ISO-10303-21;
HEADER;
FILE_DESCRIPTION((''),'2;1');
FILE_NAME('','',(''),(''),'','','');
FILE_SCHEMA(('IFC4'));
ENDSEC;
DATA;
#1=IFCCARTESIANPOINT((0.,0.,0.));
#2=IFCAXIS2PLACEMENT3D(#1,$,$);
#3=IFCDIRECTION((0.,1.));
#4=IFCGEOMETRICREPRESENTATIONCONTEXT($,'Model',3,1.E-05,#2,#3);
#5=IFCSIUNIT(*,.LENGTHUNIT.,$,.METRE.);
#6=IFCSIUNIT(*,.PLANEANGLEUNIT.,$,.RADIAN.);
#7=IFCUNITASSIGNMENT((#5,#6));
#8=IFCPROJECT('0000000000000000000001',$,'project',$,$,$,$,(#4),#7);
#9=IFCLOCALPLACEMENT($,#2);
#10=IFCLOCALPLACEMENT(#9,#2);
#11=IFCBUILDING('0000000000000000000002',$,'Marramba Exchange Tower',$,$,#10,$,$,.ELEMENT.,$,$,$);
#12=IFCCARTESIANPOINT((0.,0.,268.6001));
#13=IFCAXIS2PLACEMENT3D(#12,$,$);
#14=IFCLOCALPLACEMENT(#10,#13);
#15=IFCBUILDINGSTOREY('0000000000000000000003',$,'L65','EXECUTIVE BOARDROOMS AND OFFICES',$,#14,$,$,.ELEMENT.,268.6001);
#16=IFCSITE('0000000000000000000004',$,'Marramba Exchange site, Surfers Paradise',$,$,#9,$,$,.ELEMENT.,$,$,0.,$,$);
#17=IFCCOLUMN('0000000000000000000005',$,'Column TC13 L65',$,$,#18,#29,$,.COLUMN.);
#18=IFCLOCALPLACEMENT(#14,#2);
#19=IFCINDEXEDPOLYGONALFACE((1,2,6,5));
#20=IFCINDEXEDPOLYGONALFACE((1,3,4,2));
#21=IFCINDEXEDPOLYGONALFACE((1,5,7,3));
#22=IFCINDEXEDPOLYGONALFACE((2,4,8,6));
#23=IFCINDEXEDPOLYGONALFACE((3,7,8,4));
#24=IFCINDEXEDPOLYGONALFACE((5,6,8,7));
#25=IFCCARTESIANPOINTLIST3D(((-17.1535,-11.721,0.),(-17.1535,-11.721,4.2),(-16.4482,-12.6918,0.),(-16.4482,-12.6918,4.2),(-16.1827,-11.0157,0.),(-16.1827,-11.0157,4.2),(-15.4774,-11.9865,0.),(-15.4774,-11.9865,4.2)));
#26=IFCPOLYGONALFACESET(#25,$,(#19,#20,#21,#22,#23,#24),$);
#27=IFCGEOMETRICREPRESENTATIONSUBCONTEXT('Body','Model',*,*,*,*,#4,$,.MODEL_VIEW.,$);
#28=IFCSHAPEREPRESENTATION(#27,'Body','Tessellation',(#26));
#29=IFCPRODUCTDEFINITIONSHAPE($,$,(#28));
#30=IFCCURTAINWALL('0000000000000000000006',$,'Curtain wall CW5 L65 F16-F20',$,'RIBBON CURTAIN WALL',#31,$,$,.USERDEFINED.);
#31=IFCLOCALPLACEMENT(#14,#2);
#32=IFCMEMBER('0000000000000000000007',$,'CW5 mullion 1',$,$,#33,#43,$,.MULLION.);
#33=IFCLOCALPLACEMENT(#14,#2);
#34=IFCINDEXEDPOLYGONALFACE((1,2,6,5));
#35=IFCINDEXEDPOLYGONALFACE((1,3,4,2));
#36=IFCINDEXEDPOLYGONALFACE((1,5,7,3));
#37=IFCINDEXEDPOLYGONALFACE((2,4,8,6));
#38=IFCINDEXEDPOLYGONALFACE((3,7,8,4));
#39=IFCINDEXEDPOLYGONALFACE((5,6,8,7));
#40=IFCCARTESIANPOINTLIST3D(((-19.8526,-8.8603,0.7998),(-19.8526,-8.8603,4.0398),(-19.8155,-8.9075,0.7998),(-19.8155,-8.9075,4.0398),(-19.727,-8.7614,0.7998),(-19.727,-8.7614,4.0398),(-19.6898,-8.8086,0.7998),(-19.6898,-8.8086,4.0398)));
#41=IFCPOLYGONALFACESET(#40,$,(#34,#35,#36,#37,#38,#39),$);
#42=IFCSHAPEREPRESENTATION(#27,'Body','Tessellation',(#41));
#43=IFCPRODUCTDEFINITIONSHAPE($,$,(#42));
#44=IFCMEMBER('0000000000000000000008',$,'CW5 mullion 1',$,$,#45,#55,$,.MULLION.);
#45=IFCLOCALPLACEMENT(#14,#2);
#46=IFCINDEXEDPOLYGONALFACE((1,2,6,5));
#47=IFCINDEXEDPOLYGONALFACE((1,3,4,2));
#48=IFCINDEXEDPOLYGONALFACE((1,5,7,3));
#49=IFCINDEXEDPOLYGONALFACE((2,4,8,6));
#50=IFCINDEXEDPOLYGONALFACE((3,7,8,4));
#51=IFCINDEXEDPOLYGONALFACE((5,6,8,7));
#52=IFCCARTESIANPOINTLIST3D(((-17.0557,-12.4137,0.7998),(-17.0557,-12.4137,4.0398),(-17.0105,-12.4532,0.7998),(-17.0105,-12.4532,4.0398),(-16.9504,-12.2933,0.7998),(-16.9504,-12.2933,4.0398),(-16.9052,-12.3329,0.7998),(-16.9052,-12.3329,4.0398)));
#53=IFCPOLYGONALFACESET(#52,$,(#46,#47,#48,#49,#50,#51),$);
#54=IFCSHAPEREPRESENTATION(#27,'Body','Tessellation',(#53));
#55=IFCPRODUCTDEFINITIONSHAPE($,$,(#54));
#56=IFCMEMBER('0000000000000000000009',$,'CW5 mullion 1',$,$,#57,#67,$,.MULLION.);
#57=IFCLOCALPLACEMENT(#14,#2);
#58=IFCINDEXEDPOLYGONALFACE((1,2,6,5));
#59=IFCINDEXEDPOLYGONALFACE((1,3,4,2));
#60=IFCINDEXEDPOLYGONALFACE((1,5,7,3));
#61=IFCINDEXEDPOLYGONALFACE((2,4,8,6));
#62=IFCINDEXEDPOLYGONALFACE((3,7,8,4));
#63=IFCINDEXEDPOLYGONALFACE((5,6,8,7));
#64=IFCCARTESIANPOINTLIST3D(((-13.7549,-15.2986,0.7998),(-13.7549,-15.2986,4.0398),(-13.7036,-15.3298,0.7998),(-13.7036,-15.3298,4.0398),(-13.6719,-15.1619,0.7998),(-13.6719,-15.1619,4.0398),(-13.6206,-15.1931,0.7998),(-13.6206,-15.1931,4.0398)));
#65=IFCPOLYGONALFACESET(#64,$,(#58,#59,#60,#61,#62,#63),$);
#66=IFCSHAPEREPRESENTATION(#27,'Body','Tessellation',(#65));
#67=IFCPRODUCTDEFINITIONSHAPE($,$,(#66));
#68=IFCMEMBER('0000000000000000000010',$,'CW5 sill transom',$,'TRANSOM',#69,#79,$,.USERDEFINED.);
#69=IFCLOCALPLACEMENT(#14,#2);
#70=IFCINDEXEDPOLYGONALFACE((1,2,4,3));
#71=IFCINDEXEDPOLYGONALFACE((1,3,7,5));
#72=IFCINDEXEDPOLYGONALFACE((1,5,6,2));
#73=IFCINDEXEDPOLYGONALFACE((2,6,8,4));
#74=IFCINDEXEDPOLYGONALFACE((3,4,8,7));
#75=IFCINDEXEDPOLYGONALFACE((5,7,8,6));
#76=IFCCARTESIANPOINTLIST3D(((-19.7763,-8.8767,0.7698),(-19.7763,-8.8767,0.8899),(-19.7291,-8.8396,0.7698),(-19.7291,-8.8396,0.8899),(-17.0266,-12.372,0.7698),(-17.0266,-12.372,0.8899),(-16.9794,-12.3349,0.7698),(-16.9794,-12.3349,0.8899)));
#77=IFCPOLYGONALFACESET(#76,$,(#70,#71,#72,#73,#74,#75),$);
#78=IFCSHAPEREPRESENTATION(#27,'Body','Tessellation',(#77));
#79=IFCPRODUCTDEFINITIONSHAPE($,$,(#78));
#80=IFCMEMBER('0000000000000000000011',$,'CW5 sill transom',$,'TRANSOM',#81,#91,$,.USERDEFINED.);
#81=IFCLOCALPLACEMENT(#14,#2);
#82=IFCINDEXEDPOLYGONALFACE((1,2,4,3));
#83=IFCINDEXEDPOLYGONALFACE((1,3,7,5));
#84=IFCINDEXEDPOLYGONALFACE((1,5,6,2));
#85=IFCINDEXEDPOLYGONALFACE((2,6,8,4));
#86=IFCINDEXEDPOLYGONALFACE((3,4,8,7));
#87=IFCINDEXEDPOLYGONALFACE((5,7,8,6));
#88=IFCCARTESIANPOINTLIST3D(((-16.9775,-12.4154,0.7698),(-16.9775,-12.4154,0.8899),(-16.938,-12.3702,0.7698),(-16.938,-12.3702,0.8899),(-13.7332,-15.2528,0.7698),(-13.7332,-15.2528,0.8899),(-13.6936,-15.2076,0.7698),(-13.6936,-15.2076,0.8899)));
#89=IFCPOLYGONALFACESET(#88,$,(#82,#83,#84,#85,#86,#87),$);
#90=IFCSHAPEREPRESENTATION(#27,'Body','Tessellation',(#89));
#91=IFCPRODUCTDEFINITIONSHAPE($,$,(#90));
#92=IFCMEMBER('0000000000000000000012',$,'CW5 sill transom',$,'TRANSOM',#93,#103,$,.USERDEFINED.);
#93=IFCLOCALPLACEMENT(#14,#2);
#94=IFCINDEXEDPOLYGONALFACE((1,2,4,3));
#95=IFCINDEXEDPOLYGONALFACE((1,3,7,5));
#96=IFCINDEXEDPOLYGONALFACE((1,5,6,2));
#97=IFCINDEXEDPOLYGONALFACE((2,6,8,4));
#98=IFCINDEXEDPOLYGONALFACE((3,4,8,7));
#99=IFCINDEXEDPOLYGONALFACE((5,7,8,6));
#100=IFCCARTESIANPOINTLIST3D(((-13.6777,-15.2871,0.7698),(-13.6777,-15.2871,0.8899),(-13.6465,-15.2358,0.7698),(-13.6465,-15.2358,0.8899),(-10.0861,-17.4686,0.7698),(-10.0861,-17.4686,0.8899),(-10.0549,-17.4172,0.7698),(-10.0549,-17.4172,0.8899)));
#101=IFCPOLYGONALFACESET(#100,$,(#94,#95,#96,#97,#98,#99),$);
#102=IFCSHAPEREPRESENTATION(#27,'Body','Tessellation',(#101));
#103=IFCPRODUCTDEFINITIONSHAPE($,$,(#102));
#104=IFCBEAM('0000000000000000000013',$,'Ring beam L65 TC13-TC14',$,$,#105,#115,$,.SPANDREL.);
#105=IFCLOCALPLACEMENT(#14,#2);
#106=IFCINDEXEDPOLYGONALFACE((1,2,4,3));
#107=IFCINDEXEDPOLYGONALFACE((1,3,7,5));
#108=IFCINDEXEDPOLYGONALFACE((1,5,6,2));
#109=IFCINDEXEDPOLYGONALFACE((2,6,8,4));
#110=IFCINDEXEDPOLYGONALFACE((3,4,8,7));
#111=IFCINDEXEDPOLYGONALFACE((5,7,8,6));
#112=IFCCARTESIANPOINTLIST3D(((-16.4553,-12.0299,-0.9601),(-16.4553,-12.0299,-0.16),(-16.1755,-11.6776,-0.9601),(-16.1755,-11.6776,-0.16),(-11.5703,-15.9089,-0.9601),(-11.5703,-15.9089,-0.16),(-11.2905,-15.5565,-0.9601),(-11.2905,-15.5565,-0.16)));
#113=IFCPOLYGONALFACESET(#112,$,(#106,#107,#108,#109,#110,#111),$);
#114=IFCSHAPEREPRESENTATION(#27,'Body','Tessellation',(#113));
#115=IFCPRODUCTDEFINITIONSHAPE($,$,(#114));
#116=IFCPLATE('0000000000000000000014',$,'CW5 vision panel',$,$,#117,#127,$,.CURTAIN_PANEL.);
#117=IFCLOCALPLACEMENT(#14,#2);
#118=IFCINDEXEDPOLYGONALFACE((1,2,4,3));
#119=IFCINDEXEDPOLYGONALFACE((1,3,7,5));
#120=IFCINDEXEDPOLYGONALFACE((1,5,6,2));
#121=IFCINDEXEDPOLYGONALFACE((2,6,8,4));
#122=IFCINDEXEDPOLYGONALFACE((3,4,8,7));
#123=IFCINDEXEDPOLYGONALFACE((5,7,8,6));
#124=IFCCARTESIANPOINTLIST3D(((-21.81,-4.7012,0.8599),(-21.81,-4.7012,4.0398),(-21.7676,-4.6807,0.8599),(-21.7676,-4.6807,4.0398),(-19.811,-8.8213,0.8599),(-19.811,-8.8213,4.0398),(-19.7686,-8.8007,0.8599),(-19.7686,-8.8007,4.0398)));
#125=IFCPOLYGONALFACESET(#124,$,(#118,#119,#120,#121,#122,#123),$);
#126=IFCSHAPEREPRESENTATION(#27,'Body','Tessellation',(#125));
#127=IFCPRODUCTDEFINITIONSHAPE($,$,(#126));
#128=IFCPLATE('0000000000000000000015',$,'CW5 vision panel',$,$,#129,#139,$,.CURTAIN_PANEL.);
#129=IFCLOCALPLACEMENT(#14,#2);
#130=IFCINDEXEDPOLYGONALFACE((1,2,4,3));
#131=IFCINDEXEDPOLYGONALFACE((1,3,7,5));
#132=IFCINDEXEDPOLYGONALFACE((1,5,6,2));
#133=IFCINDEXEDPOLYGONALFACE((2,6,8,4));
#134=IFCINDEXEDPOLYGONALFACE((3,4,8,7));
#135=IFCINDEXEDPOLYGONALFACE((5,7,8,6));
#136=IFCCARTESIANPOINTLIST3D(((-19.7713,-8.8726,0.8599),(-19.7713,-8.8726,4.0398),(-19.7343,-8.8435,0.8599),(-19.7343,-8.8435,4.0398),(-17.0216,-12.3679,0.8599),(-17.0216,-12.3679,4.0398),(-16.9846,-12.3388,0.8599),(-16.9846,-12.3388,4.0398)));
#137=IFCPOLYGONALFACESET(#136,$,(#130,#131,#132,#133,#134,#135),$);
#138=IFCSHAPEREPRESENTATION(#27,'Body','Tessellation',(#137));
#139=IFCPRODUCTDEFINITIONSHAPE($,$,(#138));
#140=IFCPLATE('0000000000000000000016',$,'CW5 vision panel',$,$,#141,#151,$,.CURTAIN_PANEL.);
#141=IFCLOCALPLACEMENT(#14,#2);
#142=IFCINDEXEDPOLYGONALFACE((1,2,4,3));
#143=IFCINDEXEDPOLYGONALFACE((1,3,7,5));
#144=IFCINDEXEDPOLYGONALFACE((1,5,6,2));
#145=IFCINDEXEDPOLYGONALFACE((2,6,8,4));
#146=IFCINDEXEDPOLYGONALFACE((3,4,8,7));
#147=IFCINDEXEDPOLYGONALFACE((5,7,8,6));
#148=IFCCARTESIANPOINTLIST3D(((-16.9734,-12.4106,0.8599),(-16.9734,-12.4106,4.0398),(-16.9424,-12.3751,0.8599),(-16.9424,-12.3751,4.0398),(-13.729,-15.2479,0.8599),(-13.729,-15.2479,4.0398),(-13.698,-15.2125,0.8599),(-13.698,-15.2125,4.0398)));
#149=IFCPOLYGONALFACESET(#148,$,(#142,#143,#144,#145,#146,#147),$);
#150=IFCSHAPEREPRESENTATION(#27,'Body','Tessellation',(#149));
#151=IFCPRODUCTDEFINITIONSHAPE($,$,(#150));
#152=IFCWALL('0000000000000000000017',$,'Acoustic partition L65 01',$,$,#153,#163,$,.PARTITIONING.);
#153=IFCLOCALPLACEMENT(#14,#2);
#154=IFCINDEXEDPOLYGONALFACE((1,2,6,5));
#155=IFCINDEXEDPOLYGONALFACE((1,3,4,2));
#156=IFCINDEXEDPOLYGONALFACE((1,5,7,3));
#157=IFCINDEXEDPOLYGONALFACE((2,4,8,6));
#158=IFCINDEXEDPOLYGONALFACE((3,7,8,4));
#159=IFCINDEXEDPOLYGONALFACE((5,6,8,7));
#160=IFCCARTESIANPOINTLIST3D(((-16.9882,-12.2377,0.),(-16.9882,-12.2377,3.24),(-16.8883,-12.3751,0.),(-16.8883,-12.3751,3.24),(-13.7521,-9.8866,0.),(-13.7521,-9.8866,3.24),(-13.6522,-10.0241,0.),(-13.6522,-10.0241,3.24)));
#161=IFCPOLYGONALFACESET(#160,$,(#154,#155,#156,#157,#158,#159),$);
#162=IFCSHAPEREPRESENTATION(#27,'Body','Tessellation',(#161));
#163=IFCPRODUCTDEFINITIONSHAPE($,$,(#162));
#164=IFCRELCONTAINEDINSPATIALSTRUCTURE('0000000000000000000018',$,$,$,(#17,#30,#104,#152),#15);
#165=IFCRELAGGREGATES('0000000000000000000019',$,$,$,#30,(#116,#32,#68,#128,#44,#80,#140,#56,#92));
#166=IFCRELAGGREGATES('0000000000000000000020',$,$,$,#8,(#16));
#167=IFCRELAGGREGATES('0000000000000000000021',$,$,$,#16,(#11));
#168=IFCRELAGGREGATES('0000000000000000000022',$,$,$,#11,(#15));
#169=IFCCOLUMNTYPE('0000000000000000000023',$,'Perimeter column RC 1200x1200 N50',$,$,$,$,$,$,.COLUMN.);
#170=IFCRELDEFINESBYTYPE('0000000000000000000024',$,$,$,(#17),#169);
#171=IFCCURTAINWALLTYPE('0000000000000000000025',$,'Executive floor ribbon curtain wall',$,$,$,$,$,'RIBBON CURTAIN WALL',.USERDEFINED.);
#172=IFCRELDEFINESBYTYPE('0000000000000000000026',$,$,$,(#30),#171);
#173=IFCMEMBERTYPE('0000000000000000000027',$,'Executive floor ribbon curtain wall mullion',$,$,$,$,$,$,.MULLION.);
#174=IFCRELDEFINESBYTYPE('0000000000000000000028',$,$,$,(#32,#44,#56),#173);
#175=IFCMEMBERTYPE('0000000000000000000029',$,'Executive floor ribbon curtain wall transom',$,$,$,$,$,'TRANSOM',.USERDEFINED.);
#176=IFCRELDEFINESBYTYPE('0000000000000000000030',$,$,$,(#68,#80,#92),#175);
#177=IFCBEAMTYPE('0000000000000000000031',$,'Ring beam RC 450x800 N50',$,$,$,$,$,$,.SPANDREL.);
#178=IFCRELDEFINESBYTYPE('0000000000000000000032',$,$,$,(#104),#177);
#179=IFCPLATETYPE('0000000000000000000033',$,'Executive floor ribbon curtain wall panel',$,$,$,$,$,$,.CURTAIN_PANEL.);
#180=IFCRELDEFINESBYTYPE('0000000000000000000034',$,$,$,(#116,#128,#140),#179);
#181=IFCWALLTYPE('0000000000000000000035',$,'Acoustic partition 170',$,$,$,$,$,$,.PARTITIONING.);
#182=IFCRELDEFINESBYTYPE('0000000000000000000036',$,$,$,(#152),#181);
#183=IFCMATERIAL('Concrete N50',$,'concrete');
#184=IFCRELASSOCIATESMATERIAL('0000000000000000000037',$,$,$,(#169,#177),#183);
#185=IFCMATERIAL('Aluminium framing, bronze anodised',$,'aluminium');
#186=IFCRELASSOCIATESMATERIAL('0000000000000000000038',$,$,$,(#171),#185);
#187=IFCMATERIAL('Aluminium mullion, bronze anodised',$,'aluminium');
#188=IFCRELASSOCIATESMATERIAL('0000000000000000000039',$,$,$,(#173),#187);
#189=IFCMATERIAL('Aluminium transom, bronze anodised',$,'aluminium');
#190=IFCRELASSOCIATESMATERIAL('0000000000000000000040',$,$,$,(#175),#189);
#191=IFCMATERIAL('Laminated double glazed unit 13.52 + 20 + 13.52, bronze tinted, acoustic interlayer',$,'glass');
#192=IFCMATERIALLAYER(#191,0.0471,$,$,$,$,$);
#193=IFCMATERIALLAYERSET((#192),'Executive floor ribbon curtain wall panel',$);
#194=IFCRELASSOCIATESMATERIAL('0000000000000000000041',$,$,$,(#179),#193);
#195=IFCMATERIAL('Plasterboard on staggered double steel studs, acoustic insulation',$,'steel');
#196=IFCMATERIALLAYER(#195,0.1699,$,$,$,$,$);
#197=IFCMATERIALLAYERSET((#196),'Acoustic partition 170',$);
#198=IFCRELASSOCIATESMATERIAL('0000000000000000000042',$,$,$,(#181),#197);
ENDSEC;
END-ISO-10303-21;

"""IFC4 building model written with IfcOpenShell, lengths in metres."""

from ifc_helpers import new_model, si_unit, direction, frame, frame_2d, origin, origin_2d, place, context, subcontext, project, spatial, rectangle, extrude, material, layer, layer_set, material_profile, profile_set, type_object, element, aggregate, save


model = new_model("IFC4")

# Units and contexts
model_context = context("Model", 3, precision=1e-05, world=origin(), true_north=direction((0.0, 1.0)))
body_context = subcontext(model_context, "Body", "Model", "MODEL_VIEW")
ifc_project = project(units=[si_unit("LENGTHUNIT", "METRE"), si_unit("PLANEANGLEUNIT", "RADIAN")], contexts=[model_context])

# Site, building, storey
site_placement = place(None, origin())
site = spatial("IfcSite", under=ifc_project, at=site_placement, Name="Marramba Exchange site, Surfers Paradise", CompositionType="ELEMENT", RefElevation=0.0)
building_placement = place(site_placement, origin())
building = spatial("IfcBuilding", under=site, at=building_placement, Name="Marramba Exchange Tower", CompositionType="ELEMENT")
storey_placement = place(building_placement, frame((0.0, 0.0, 268.6001)))
storey = spatial("IfcBuildingStorey", under=building, at=storey_placement, Name="L65", Description="EXECUTIVE BOARDROOMS AND OFFICES", CompositionType="ELEMENT", Elevation=268.6001)

# Column
ifc_material_1 = material(Name="Concrete N50", Category="concrete")
ifc_material_profile_1 = material_profile(ifc_material_1, rectangle(XDim=1.2, YDim=1.2, at=origin_2d()), Name="RC 1200x1200")
ifc_profile_set_1 = profile_set([ifc_material_profile_1], Name="Concrete N50")
column_type = type_object("IfcColumnType", Name="Perimeter column RC 1200x1200 N50", PredefinedType="COLUMN", material=ifc_profile_set_1)
column_placement = place(storey_placement, frame((-16.3154, -11.8538, 0.0), z_axis=(0.0, 0.0, 1.0), x_axis=(-0.809017, -0.587785, 0.0)))
element("IfcColumn", 1, at=column_placement, inside=storey, type_object=column_type, Name="Column TC13 L65", PredefinedType="COLUMN", context=body_context, shape_type="SweptSolid", body=[
    extrude(rectangle(XDim=1.2, YDim=1.2, at=origin_2d()), origin(), (0.0, 0.0, 1.0), 4.2),
])

# Curtain wall, members
ifc_material_2 = material(Name="Aluminium framing, bronze anodised", Category="aluminium")
curtain_wall_type = type_object("IfcCurtainWallType", Name="Executive floor ribbon curtain wall", ElementType="RIBBON CURTAIN WALL", PredefinedType="USERDEFINED", material=ifc_material_2)
curtain_wall_placement = place(storey_placement, origin())
curtain_wall = element("IfcCurtainWall", 2, at=curtain_wall_placement, inside=storey, type_object=curtain_wall_type, Name="Curtain wall CW5 L65 F16-F20", ObjectType="RIBBON CURTAIN WALL", PredefinedType="USERDEFINED")
ifc_material_3 = material(Name="Aluminium mullion, bronze anodised", Category="aluminium")
ifc_material_profile_2 = material_profile(ifc_material_3, rectangle(XDim=0.1599, YDim=0.0601, at=origin_2d()), Name="CW5 mullion 60x160")
ifc_profile_set_2 = profile_set([ifc_material_profile_2], Name="Aluminium mullion, bronze anodised")
member_type_1 = type_object("IfcMemberType", Name="Executive floor ribbon curtain wall mullion", PredefinedType="MULLION", material=ifc_profile_set_2)
member_1_placement = place(storey_placement, frame((-19.7712, -8.8345, 0.7998), z_axis=(0.0, 0.0, 1.0), x_axis=(0.78595, 0.618291, 0.0)))
member_1 = element("IfcMember", 3, at=member_1_placement, type_object=member_type_1, Name="CW5 mullion 1", PredefinedType="MULLION", context=body_context, shape_type="SweptSolid", body=[
    extrude(rectangle(XDim=0.1599, YDim=0.0601, at=origin_2d()), origin(), (0.0, 0.0, 1.0), 3.24),
])
member_2_placement = place(storey_placement, frame((-16.9805, -12.3733, 0.7998), z_axis=(0.0, 0.0, 1.0), x_axis=(0.658305, 0.752751, 0.0)))
member_2 = element("IfcMember", 4, at=member_2_placement, type_object=member_type_1, Name="CW5 mullion 1", PredefinedType="MULLION", context=body_context, shape_type="SweptSolid", body=[
    extrude(rectangle(XDim=0.1599, YDim=0.0601, at=origin_2d()), origin(), (0.0, 0.0, 1.0), 3.24),
])
member_3_placement = place(storey_placement, frame((-13.6877, -15.2458, 0.7998), z_axis=(0.0, 0.0, 1.0), x_axis=(0.519115, 0.854704, 0.0)))
member_3 = element("IfcMember", 5, at=member_3_placement, type_object=member_type_1, Name="CW5 mullion 1", PredefinedType="MULLION", context=body_context, shape_type="SweptSolid", body=[
    extrude(rectangle(XDim=0.1599, YDim=0.0601, at=origin_2d()), origin(), (0.0, 0.0, 1.0), 3.24),
])
ifc_material_4 = material(Name="Aluminium transom, bronze anodised", Category="aluminium")
ifc_material_profile_3 = material_profile(ifc_material_4, rectangle(XDim=0.0601, YDim=0.1201, at=origin_2d()), Name="CW5 transom 60x120")
ifc_profile_set_3 = profile_set([ifc_material_profile_3], Name="Aluminium transom, bronze anodised")
member_type_2 = type_object("IfcMemberType", Name="Executive floor ribbon curtain wall transom", ElementType="TRANSOM", PredefinedType="USERDEFINED", material=ifc_profile_set_3)
member_4_placement = place(storey_placement, frame((-19.7527, -8.8582, 0.8298), z_axis=(0.618294, -0.785947, 0.0), x_axis=(0.785947, 0.618294, 0.0)))
member_4 = element("IfcMember", 6, at=member_4_placement, type_object=member_type_2, Name="CW5 sill transom", ObjectType="TRANSOM", PredefinedType="USERDEFINED", context=body_context, shape_type="SweptSolid", body=[
    extrude(rectangle(XDim=0.0601, YDim=0.1201, at=origin_2d()), origin(), (0.0, 0.0, 1.0), 4.4473),
])
member_5_placement = place(storey_placement, frame((-16.9578, -12.3928, 0.8298), z_axis=(0.752742, -0.658316, 0.0), x_axis=(0.658316, 0.752742, 0.0)))
member_5 = element("IfcMember", 7, at=member_5_placement, type_object=member_type_2, Name="CW5 sill transom", ObjectType="TRANSOM", PredefinedType="USERDEFINED", context=body_context, shape_type="SweptSolid", body=[
    extrude(rectangle(XDim=0.0601, YDim=0.1201, at=origin_2d()), origin(), (0.0, 0.0, 1.0), 4.3101),
])
member_6_placement = place(storey_placement, frame((-13.6621, -15.2615, 0.8298), z_axis=(0.854702, -0.519119, 0.0), x_axis=(0.519119, 0.854702, 0.0)))
member_6 = element("IfcMember", 8, at=member_6_placement, type_object=member_type_2, Name="CW5 sill transom", ObjectType="TRANSOM", PredefinedType="USERDEFINED", context=body_context, shape_type="SweptSolid", body=[
    extrude(rectangle(XDim=0.0601, YDim=0.1201, at=origin_2d()), origin(), (0.0, 0.0, 1.0), 4.2021),
])

# Beam
ifc_material_profile_4 = material_profile(ifc_material_1, rectangle(XDim=0.45, YDim=0.8, at=origin_2d()), Name="RC 450x800")
ifc_profile_set_4 = profile_set([ifc_material_profile_4], Name="Concrete N50")
beam_type = type_object("IfcBeamType", Name="Ring beam RC 450x800 N50", PredefinedType="SPANDREL", material=ifc_profile_set_4)
beam_placement = place(storey_placement, frame((-16.3154, -11.8538, -0.5601), z_axis=(0.783139, -0.621846, 0.0), x_axis=(0.621846, 0.783139, 0.0)))
element("IfcBeam", 9, at=beam_placement, inside=storey, type_object=beam_type, Name="Ring beam L65 TC13-TC14", PredefinedType="SPANDREL", context=body_context, shape_type="SweptSolid", body=[
    extrude(rectangle(XDim=0.45, YDim=0.8, at=origin_2d()), origin(), (0.0, 0.0, 1.0), 6.2378),
])

# Plates
ifc_material_5 = material(Name="Laminated double glazed unit 13.52 + 20 + 13.52, bronze tinted, acoustic interlayer", Category="glass")
ifc_layer_1 = layer(ifc_material_5, 0.0471)
ifc_layer_set_1 = layer_set([ifc_layer_1], Name="Executive floor ribbon curtain wall panel")
plate_type = type_object("IfcPlateType", Name="Executive floor ribbon curtain wall panel", PredefinedType="CURTAIN_PANEL", material=ifc_layer_set_1)
plate_1_placement = place(storey_placement, frame((-20.7893, -6.751, 0.8599), z_axis=(0.0, 0.0, 1.0), x_axis=(0.436515, -0.899697, 0.0)))
plate_1 = element("IfcPlate", 10, at=plate_1_placement, type_object=plate_type, Name="CW5 vision panel", PredefinedType="CURTAIN_PANEL", context=body_context, shape_type="SweptSolid", body=[
    extrude(rectangle(XDim=4.5793, YDim=0.0471, at=origin_2d()), origin(), (0.0, 0.0, 1.0), 3.1799),
])
plate_2_placement = place(storey_placement, frame((-18.3779, -10.6057, 0.8599), z_axis=(0.0, 0.0, 1.0), x_axis=(0.618291, -0.78595, 0.0)))
plate_2 = element("IfcPlate", 11, at=plate_2_placement, type_object=plate_type, Name="CW5 vision panel", PredefinedType="CURTAIN_PANEL", context=body_context, shape_type="SweptSolid", body=[
    extrude(rectangle(XDim=4.4473, YDim=0.0471, at=origin_2d()), origin(), (0.0, 0.0, 1.0), 3.1799),
])
plate_3_placement = place(storey_placement, frame((-15.3357, -13.8115, 0.8599), z_axis=(0.0, 0.0, 1.0), x_axis=(0.752751, -0.658305, 0.0)))
plate_3 = element("IfcPlate", 12, at=plate_3_placement, type_object=plate_type, Name="CW5 vision panel", PredefinedType="CURTAIN_PANEL", context=body_context, shape_type="SweptSolid", body=[
    extrude(rectangle(XDim=4.3101, YDim=0.0471, at=origin_2d()), origin(), (0.0, 0.0, 1.0), 3.1799),
])
aggregate(curtain_wall, [plate_1, member_1, member_4, plate_2, member_2, member_5, plate_3, member_3, member_6])

# Wall
ifc_material_6 = material(Name="Plasterboard on staggered double steel studs, acoustic insulation", Category="steel")
ifc_layer_2 = layer(ifc_material_6, 0.1699)
ifc_layer_set_2 = layer_set([ifc_layer_2], Name="Acoustic partition 170")
wall_type_1 = type_object("IfcWallType", Name="Acoustic partition 170", PredefinedType="PARTITIONING", material=ifc_layer_set_2)
wall_1_placement = place(storey_placement, frame((-13.7021, -9.9553, 0.0), z_axis=(0.0, 0.0, 1.0), x_axis=(-0.809026, -0.587772, 0.0)))
element("IfcWall", 13, at=wall_1_placement, inside=storey, type_object=wall_type_1, Name="Acoustic partition L65 01", PredefinedType="PARTITIONING", context=body_context, shape_type="SweptSolid", body=[
    extrude(rectangle(XDim=4.0, YDim=0.1699, at=frame_2d((2.0, 0.0))), origin(), (0.0, 0.0, 1.0), 3.24),
])

save(model, "model.ifc")
